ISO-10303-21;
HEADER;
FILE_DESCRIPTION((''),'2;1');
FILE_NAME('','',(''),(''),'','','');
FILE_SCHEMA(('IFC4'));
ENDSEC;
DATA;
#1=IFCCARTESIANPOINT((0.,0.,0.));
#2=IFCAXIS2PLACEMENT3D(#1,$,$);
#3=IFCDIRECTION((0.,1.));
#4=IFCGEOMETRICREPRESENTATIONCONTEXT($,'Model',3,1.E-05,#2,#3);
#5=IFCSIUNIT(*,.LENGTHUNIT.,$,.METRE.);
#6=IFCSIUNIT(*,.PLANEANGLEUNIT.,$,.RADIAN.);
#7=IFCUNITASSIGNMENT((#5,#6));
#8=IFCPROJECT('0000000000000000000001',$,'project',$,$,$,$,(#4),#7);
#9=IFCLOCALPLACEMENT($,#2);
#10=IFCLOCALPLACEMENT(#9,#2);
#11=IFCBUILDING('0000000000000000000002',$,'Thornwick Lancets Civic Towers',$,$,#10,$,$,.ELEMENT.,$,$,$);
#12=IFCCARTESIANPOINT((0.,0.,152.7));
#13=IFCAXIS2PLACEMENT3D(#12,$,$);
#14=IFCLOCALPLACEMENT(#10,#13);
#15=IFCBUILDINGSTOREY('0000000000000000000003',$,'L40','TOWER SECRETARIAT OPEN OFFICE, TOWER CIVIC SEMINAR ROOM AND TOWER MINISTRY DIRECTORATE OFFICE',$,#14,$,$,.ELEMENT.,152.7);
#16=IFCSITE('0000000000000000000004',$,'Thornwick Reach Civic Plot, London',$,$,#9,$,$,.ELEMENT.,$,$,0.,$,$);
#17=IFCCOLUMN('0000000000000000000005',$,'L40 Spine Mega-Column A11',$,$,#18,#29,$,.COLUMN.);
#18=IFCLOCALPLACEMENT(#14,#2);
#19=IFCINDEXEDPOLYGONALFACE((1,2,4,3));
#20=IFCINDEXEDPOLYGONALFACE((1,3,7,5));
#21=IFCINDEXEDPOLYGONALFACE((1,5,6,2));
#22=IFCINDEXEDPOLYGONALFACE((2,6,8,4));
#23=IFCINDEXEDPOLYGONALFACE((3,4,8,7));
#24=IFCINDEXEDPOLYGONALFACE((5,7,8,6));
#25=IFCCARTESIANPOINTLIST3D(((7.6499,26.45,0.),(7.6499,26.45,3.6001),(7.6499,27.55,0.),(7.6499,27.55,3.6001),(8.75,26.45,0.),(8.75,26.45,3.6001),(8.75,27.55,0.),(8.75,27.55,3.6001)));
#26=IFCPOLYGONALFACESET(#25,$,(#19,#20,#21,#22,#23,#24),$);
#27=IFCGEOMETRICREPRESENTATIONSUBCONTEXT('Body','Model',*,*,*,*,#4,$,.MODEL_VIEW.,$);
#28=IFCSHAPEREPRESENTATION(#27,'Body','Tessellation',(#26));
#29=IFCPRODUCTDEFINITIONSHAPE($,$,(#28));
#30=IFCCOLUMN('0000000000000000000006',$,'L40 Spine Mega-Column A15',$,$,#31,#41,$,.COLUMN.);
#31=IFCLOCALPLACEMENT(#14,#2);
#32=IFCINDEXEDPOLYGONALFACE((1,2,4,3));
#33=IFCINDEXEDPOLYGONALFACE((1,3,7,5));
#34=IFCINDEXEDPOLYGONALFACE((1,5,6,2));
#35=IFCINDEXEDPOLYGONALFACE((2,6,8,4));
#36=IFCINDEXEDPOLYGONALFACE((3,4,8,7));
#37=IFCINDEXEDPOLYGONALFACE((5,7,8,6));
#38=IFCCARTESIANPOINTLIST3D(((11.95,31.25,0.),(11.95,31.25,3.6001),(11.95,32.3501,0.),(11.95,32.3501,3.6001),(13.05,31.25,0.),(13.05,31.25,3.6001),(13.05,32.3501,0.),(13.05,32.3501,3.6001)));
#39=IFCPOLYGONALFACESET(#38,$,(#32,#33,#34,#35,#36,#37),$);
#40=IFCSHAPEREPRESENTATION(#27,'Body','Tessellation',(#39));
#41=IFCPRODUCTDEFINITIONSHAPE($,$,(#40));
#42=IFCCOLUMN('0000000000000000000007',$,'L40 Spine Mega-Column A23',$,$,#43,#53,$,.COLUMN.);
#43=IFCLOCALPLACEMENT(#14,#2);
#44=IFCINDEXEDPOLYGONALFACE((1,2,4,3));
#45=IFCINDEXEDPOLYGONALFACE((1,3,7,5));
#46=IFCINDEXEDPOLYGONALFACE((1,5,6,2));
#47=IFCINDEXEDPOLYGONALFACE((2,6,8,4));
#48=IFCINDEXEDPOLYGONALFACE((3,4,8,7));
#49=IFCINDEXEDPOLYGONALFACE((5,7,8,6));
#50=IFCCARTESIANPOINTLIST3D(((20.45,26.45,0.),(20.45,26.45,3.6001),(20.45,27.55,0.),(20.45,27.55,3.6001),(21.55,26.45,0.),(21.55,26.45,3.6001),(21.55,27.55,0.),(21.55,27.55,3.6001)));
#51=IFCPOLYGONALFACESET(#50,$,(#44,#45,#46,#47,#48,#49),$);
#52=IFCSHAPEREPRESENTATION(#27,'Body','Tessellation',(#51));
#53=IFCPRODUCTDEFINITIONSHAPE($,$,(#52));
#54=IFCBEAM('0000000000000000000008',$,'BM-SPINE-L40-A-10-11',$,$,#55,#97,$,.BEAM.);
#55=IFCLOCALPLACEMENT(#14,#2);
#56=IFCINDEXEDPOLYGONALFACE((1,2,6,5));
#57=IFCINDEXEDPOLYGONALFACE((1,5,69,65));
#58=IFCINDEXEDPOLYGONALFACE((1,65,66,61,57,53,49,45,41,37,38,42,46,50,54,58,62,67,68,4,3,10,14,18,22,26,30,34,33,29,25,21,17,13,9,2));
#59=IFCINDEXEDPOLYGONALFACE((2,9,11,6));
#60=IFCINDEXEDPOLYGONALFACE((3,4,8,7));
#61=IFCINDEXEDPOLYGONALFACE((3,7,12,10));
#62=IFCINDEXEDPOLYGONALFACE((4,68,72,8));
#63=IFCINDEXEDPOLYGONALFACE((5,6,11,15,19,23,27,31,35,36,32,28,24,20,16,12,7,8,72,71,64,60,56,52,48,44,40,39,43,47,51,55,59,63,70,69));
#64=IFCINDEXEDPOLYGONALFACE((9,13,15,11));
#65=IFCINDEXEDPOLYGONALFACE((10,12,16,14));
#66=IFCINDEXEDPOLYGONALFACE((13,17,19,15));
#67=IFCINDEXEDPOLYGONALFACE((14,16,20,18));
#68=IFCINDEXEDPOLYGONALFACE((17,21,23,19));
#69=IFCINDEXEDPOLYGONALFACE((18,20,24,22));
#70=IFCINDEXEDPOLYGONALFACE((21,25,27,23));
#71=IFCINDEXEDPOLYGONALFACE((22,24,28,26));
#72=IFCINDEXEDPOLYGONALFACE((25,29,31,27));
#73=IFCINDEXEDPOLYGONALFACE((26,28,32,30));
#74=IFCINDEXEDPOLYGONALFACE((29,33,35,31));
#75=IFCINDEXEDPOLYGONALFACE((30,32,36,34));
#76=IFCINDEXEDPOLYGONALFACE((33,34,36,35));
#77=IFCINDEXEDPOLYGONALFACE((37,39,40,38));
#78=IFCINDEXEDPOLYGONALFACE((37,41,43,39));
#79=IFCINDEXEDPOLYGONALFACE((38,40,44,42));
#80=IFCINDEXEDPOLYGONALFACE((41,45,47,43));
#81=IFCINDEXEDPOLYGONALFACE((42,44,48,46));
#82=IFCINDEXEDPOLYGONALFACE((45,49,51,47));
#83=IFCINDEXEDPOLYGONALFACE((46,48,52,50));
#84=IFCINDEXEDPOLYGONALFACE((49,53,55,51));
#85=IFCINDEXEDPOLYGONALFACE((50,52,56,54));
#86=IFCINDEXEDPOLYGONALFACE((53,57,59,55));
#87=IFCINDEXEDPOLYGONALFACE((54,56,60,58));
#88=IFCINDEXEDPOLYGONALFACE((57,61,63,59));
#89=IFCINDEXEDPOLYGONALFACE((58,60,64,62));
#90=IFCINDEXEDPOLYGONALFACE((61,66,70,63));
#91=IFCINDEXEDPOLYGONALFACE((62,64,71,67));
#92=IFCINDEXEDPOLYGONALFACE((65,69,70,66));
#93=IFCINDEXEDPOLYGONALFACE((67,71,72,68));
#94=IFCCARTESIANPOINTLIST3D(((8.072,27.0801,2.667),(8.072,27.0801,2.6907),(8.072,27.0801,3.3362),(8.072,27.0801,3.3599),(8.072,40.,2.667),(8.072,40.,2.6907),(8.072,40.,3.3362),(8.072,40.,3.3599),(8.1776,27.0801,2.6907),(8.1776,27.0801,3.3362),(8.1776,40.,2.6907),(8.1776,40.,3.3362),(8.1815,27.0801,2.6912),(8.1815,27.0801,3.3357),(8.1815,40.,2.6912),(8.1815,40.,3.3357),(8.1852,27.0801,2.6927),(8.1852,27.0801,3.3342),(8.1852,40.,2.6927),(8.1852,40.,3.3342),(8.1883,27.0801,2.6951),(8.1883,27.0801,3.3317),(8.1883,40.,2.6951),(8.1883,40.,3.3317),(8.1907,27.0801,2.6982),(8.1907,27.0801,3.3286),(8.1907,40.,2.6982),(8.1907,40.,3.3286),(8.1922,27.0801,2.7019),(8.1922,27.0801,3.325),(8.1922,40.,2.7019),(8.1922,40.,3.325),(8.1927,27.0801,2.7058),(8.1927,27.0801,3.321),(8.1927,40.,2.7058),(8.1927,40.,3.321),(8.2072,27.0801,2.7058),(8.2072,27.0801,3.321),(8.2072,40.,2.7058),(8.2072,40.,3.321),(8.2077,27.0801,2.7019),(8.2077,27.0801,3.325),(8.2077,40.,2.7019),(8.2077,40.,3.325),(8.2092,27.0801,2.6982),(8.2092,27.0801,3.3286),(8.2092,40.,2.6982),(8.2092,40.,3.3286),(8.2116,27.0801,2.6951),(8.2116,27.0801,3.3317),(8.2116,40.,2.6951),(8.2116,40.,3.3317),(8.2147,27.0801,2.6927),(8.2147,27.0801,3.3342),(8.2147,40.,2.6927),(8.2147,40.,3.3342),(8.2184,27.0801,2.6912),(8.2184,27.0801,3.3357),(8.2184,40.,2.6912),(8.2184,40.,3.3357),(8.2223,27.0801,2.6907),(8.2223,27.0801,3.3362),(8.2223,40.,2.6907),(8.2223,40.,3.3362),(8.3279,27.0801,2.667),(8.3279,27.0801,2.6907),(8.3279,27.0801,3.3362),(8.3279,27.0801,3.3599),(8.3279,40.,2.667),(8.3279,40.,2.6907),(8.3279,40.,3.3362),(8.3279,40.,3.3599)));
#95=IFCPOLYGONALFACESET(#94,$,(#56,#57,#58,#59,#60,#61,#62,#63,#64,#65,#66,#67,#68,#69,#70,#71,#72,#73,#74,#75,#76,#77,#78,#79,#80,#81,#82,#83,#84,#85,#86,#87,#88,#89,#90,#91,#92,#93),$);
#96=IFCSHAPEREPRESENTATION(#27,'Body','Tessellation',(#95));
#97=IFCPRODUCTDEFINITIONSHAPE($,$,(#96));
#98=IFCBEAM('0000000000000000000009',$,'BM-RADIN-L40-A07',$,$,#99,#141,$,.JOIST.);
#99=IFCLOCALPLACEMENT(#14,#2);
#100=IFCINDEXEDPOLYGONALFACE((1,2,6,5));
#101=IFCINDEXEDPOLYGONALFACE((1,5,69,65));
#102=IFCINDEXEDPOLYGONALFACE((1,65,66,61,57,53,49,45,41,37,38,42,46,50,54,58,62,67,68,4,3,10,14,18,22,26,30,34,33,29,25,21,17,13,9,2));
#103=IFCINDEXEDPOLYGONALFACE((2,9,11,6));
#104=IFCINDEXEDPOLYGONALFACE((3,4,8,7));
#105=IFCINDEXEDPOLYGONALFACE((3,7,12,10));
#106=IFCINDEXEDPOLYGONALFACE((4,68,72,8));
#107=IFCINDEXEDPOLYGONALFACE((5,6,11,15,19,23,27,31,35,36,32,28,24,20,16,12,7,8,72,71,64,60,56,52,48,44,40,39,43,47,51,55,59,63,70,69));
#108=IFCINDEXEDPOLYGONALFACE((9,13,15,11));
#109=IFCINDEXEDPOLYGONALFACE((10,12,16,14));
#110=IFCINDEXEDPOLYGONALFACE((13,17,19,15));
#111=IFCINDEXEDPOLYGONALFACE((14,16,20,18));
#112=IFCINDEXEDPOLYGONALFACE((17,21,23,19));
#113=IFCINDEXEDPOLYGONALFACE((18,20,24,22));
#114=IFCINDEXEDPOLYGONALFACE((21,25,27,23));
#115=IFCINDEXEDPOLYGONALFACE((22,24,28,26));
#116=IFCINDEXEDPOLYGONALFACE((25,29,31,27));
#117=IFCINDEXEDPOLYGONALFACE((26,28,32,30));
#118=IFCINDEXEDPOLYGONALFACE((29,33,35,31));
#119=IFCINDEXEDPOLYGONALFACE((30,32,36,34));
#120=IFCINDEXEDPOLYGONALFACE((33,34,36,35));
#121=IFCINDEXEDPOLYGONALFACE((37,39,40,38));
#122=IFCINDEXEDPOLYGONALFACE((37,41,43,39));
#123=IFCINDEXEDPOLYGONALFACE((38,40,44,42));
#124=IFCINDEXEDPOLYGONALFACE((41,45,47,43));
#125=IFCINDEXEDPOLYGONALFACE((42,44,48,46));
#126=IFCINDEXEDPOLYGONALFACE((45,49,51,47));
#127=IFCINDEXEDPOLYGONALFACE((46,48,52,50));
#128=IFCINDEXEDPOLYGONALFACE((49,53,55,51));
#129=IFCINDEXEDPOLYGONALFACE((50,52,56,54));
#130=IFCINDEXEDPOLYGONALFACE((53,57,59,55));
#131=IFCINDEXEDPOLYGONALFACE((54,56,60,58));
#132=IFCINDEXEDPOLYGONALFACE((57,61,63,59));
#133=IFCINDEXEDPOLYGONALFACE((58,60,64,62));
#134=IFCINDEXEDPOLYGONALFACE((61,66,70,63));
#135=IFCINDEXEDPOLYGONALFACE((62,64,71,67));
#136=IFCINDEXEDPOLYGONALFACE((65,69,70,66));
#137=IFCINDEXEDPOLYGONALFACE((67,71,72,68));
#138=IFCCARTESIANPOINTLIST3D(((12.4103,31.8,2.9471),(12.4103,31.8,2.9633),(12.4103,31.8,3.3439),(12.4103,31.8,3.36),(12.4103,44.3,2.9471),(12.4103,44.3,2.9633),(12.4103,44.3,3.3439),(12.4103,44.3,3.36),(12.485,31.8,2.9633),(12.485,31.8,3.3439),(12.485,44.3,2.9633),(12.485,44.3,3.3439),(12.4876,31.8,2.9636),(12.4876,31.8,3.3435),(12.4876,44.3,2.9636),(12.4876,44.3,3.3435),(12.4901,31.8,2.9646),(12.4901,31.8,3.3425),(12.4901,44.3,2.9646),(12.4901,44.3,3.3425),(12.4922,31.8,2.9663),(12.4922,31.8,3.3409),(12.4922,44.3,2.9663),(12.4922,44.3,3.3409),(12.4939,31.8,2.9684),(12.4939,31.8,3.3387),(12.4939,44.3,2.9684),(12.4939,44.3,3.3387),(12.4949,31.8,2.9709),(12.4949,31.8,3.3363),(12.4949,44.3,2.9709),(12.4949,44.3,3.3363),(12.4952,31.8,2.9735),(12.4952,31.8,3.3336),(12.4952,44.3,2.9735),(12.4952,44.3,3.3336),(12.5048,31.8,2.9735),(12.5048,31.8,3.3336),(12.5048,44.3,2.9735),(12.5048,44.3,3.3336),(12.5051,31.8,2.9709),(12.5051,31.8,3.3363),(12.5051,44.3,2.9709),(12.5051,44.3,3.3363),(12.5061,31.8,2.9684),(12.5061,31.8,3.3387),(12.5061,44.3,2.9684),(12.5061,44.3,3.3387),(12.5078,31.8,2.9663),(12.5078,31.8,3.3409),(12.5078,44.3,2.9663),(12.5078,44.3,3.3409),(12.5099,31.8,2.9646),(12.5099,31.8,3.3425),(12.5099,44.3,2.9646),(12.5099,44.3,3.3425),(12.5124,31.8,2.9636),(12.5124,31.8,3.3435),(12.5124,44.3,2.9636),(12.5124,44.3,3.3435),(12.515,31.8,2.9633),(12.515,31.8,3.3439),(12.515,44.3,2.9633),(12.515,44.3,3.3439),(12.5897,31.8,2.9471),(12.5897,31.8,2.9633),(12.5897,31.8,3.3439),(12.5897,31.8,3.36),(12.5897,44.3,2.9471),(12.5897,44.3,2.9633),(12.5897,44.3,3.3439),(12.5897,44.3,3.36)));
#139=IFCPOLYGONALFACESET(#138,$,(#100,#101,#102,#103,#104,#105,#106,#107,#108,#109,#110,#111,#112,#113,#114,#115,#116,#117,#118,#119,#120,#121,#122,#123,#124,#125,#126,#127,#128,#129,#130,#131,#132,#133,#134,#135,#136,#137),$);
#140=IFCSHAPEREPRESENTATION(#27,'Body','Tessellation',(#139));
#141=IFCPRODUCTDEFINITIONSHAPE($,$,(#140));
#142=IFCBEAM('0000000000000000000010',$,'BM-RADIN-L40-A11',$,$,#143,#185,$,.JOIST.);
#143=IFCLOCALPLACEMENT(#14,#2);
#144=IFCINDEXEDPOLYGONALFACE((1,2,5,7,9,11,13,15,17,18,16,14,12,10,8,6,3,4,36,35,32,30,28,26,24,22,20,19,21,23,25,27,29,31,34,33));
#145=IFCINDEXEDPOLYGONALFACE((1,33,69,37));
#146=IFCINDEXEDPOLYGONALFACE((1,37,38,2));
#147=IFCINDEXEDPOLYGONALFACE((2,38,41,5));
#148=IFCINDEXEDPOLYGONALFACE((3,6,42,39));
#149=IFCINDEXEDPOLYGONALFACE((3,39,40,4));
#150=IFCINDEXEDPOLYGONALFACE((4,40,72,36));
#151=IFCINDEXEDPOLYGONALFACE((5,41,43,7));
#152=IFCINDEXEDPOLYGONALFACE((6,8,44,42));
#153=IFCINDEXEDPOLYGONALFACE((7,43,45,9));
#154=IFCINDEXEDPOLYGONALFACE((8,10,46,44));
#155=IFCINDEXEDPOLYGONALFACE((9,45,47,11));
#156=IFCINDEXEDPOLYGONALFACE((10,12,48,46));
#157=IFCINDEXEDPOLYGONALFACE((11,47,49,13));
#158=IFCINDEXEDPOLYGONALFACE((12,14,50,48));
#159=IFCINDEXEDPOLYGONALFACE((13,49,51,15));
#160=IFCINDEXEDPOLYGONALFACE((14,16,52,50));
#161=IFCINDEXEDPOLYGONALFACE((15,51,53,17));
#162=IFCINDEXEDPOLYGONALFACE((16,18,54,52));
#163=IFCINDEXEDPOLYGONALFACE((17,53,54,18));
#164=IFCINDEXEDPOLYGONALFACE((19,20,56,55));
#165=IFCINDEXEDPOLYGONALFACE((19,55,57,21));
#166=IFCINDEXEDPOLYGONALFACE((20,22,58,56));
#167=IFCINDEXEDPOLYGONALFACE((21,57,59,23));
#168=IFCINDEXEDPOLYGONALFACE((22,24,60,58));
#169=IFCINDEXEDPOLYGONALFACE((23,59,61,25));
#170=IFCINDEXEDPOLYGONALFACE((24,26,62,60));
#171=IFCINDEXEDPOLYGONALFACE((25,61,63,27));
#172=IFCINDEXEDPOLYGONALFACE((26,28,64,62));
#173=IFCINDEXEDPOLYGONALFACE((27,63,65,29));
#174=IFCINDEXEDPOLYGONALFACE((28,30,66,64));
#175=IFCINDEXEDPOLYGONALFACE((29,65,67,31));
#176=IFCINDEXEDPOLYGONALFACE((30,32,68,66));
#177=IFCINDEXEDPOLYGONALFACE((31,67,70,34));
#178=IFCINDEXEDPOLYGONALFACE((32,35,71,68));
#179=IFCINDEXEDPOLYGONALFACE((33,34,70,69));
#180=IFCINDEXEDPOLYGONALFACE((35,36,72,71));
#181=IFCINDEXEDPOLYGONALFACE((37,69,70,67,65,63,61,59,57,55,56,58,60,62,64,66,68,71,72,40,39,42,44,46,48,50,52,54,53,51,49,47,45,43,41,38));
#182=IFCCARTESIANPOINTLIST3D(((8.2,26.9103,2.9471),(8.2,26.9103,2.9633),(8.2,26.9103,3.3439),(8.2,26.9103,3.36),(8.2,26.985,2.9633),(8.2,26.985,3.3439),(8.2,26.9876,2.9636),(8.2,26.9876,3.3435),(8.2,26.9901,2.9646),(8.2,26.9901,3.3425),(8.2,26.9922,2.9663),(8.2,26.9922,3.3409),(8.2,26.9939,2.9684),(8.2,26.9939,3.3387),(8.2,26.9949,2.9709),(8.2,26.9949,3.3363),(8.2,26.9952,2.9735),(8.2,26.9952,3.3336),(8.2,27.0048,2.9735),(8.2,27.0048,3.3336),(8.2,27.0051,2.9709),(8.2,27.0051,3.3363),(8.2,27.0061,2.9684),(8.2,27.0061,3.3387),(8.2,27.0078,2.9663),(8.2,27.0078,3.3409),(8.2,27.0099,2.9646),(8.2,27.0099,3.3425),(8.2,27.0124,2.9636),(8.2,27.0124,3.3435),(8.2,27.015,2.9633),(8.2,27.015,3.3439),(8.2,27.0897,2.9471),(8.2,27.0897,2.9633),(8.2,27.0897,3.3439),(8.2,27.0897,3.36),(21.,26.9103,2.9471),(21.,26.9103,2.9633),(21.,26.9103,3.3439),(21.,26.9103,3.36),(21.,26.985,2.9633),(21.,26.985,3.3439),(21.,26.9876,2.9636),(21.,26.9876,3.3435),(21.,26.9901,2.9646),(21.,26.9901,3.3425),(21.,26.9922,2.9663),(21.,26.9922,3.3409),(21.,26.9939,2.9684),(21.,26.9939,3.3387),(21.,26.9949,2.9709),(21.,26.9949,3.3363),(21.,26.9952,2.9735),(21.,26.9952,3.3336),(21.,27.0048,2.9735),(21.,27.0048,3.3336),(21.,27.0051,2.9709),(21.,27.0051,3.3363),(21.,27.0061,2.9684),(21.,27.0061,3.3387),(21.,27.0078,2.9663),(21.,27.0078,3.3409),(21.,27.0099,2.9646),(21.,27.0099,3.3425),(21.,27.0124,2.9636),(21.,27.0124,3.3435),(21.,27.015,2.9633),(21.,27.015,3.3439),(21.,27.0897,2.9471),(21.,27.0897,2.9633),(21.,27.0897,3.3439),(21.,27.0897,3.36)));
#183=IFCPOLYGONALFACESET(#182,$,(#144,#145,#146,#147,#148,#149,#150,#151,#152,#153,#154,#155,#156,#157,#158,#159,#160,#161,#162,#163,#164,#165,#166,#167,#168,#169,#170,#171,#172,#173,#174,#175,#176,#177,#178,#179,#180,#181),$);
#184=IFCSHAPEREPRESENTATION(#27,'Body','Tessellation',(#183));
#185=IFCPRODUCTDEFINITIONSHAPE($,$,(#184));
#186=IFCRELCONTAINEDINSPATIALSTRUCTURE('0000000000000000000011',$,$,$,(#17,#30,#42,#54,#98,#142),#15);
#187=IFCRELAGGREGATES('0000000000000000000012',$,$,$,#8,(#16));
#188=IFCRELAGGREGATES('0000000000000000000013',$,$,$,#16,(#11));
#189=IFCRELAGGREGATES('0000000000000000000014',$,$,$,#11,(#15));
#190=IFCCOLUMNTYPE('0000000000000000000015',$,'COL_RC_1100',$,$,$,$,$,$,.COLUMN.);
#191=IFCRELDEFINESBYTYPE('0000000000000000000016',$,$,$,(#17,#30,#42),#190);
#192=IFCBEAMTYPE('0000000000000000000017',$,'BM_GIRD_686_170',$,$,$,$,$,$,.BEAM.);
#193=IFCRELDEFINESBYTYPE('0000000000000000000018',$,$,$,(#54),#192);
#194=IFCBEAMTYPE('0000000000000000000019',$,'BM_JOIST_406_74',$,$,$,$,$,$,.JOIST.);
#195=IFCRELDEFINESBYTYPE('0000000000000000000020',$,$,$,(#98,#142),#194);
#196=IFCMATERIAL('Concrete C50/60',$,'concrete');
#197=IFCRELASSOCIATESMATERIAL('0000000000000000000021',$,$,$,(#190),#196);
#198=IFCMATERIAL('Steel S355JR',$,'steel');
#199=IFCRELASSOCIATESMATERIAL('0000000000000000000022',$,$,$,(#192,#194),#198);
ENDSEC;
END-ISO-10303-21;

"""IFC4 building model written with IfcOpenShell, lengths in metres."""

from ifc_helpers import new_model, si_unit, direction, frame, origin, origin_2d, place, context, subcontext, project, spatial, rectangle, i_section, extrude, material, material_profile, profile_set, type_object, element, save


model = new_model("IFC4")

# Units and contexts
model_context = context("Model", 3, precision=1e-05, world=origin(), true_north=direction((0.0, 1.0)))
body_context = subcontext(model_context, "Body", "Model", "MODEL_VIEW")
ifc_project = project(units=[si_unit("LENGTHUNIT", "METRE"), si_unit("PLANEANGLEUNIT", "RADIAN")], contexts=[model_context])

# Site, building, storey
site_placement = place(None, origin())
site = spatial("IfcSite", under=ifc_project, at=site_placement, Name="Thornwick Reach Civic Plot, London", CompositionType="ELEMENT", RefElevation=0.0)
building_placement = place(site_placement, origin())
building = spatial("IfcBuilding", under=site, at=building_placement, Name="Thornwick Lancets Civic Towers", CompositionType="ELEMENT")
storey_placement = place(building_placement, frame((0.0, 0.0, 152.7)))
storey = spatial("IfcBuildingStorey", under=building, at=storey_placement, Name="L40", Description="TOWER SECRETARIAT OPEN OFFICE, TOWER CIVIC SEMINAR ROOM AND TOWER MINISTRY DIRECTORATE OFFICE", CompositionType="ELEMENT", Elevation=152.7)

# Columns
ifc_material_1 = material(Name="Concrete C50/60", Category="concrete")
ifc_material_profile_1 = material_profile(ifc_material_1, rectangle(XDim=1.1001, YDim=1.1001, at=origin_2d()), Name="RC 1100x1100")
ifc_profile_set_1 = profile_set([ifc_material_profile_1], Name="Concrete C50/60")
column_type = type_object("IfcColumnType", Name="COL_RC_1100", PredefinedType="COLUMN", material=ifc_profile_set_1)
for number, where, z_axis, x_axis, name in (
    (1, (8.2, 27.0, 0.0), (0.0, 0.0, 1.0), (1.0, 0.0, 0.0), "L40 Spine Mega-Column A11"),
    (2, (12.5, 31.8, 0.0), (0.0, 0.0, 1.0), (1.0, 0.0, 0.0), "L40 Spine Mega-Column A15"),
    (3, (21.0, 27.0, 0.0), (0.0, 0.0, 1.0), (1.0, 0.0, 0.0), "L40 Spine Mega-Column A23"),
):
    element("IfcColumn", number, at=place(storey_placement, frame(where, z_axis=z_axis, x_axis=x_axis)), inside=storey, type_object=column_type, Name=name, PredefinedType="COLUMN", context=body_context, shape_type="SweptSolid", body=[
        extrude(rectangle(XDim=1.1001, YDim=1.1001, at=origin_2d()), origin(), (0.0, 0.0, 1.0), 3.6001),
    ])

# Beams
ifc_material_2 = material(Name="Steel S355JR", Category="steel")
ifc_material_profile_2 = material_profile(ifc_material_2, i_section(OverallWidth=0.2559, OverallDepth=0.6929, WebThickness=0.0144, FlangeThickness=0.0237, FilletRadius=0.0151, at=origin_2d()), Name="UKB 686x254x170")
ifc_profile_set_2 = profile_set([ifc_material_profile_2], Name="Steel S355JR")
beam_type_1 = type_object("IfcBeamType", Name="BM_GIRD_686_170", PredefinedType="BEAM", material=ifc_profile_set_2)
beam_1_placement = place(storey_placement, frame((8.2, 27.0801, 3.0134), z_axis=(0.0, 1.0, 0.0), x_axis=(-1.0, 0.0, 0.0)))
element("IfcBeam", 4, at=beam_1_placement, inside=storey, type_object=beam_type_1, Name="BM-SPINE-L40-A-10-11", PredefinedType="BEAM", context=body_context, shape_type="SweptSolid", body=[
    extrude(i_section(OverallWidth=0.2559, OverallDepth=0.6929, WebThickness=0.0144, FlangeThickness=0.0237, FilletRadius=0.0151, at=origin_2d()), origin(), (0.0, 0.0, 1.0), 12.9199),
])
ifc_material_profile_3 = material_profile(ifc_material_2, i_section(OverallWidth=0.1794, OverallDepth=0.4128, WebThickness=0.0095, FlangeThickness=0.0161, FilletRadius=0.0103, at=origin_2d()), Name="UKB 406x178x74")
ifc_profile_set_3 = profile_set([ifc_material_profile_3], Name="Steel S355JR")
beam_type_2 = type_object("IfcBeamType", Name="BM_JOIST_406_74", PredefinedType="JOIST", material=ifc_profile_set_3)
beam_2_placement = place(storey_placement, frame((12.5, 31.8, 3.1536), z_axis=(0.0, 1.0, 0.0), x_axis=(-1.0, 0.0, 0.0)))
element("IfcBeam", 5, at=beam_2_placement, inside=storey, type_object=beam_type_2, Name="BM-RADIN-L40-A07", PredefinedType="JOIST", context=body_context, shape_type="SweptSolid", body=[
    extrude(i_section(OverallWidth=0.1794, OverallDepth=0.4128, WebThickness=0.0095, FlangeThickness=0.0161, FilletRadius=0.0103, at=origin_2d()), origin(), (0.0, 0.0, 1.0), 12.5),
])
beam_3_placement = place(storey_placement, frame((21.0, 27.0, 3.1536), z_axis=(-1.0, 0.0, 0.0), x_axis=(0.0, -1.0, 0.0)))
element("IfcBeam", 6, at=beam_3_placement, inside=storey, type_object=beam_type_2, Name="BM-RADIN-L40-A11", PredefinedType="JOIST", context=body_context, shape_type="SweptSolid", body=[
    extrude(i_section(OverallWidth=0.1794, OverallDepth=0.4128, WebThickness=0.0095, FlangeThickness=0.0161, FilletRadius=0.0103, at=origin_2d()), origin(), (0.0, 0.0, 1.0), 12.8),
])

save(model, "model.ifc")
